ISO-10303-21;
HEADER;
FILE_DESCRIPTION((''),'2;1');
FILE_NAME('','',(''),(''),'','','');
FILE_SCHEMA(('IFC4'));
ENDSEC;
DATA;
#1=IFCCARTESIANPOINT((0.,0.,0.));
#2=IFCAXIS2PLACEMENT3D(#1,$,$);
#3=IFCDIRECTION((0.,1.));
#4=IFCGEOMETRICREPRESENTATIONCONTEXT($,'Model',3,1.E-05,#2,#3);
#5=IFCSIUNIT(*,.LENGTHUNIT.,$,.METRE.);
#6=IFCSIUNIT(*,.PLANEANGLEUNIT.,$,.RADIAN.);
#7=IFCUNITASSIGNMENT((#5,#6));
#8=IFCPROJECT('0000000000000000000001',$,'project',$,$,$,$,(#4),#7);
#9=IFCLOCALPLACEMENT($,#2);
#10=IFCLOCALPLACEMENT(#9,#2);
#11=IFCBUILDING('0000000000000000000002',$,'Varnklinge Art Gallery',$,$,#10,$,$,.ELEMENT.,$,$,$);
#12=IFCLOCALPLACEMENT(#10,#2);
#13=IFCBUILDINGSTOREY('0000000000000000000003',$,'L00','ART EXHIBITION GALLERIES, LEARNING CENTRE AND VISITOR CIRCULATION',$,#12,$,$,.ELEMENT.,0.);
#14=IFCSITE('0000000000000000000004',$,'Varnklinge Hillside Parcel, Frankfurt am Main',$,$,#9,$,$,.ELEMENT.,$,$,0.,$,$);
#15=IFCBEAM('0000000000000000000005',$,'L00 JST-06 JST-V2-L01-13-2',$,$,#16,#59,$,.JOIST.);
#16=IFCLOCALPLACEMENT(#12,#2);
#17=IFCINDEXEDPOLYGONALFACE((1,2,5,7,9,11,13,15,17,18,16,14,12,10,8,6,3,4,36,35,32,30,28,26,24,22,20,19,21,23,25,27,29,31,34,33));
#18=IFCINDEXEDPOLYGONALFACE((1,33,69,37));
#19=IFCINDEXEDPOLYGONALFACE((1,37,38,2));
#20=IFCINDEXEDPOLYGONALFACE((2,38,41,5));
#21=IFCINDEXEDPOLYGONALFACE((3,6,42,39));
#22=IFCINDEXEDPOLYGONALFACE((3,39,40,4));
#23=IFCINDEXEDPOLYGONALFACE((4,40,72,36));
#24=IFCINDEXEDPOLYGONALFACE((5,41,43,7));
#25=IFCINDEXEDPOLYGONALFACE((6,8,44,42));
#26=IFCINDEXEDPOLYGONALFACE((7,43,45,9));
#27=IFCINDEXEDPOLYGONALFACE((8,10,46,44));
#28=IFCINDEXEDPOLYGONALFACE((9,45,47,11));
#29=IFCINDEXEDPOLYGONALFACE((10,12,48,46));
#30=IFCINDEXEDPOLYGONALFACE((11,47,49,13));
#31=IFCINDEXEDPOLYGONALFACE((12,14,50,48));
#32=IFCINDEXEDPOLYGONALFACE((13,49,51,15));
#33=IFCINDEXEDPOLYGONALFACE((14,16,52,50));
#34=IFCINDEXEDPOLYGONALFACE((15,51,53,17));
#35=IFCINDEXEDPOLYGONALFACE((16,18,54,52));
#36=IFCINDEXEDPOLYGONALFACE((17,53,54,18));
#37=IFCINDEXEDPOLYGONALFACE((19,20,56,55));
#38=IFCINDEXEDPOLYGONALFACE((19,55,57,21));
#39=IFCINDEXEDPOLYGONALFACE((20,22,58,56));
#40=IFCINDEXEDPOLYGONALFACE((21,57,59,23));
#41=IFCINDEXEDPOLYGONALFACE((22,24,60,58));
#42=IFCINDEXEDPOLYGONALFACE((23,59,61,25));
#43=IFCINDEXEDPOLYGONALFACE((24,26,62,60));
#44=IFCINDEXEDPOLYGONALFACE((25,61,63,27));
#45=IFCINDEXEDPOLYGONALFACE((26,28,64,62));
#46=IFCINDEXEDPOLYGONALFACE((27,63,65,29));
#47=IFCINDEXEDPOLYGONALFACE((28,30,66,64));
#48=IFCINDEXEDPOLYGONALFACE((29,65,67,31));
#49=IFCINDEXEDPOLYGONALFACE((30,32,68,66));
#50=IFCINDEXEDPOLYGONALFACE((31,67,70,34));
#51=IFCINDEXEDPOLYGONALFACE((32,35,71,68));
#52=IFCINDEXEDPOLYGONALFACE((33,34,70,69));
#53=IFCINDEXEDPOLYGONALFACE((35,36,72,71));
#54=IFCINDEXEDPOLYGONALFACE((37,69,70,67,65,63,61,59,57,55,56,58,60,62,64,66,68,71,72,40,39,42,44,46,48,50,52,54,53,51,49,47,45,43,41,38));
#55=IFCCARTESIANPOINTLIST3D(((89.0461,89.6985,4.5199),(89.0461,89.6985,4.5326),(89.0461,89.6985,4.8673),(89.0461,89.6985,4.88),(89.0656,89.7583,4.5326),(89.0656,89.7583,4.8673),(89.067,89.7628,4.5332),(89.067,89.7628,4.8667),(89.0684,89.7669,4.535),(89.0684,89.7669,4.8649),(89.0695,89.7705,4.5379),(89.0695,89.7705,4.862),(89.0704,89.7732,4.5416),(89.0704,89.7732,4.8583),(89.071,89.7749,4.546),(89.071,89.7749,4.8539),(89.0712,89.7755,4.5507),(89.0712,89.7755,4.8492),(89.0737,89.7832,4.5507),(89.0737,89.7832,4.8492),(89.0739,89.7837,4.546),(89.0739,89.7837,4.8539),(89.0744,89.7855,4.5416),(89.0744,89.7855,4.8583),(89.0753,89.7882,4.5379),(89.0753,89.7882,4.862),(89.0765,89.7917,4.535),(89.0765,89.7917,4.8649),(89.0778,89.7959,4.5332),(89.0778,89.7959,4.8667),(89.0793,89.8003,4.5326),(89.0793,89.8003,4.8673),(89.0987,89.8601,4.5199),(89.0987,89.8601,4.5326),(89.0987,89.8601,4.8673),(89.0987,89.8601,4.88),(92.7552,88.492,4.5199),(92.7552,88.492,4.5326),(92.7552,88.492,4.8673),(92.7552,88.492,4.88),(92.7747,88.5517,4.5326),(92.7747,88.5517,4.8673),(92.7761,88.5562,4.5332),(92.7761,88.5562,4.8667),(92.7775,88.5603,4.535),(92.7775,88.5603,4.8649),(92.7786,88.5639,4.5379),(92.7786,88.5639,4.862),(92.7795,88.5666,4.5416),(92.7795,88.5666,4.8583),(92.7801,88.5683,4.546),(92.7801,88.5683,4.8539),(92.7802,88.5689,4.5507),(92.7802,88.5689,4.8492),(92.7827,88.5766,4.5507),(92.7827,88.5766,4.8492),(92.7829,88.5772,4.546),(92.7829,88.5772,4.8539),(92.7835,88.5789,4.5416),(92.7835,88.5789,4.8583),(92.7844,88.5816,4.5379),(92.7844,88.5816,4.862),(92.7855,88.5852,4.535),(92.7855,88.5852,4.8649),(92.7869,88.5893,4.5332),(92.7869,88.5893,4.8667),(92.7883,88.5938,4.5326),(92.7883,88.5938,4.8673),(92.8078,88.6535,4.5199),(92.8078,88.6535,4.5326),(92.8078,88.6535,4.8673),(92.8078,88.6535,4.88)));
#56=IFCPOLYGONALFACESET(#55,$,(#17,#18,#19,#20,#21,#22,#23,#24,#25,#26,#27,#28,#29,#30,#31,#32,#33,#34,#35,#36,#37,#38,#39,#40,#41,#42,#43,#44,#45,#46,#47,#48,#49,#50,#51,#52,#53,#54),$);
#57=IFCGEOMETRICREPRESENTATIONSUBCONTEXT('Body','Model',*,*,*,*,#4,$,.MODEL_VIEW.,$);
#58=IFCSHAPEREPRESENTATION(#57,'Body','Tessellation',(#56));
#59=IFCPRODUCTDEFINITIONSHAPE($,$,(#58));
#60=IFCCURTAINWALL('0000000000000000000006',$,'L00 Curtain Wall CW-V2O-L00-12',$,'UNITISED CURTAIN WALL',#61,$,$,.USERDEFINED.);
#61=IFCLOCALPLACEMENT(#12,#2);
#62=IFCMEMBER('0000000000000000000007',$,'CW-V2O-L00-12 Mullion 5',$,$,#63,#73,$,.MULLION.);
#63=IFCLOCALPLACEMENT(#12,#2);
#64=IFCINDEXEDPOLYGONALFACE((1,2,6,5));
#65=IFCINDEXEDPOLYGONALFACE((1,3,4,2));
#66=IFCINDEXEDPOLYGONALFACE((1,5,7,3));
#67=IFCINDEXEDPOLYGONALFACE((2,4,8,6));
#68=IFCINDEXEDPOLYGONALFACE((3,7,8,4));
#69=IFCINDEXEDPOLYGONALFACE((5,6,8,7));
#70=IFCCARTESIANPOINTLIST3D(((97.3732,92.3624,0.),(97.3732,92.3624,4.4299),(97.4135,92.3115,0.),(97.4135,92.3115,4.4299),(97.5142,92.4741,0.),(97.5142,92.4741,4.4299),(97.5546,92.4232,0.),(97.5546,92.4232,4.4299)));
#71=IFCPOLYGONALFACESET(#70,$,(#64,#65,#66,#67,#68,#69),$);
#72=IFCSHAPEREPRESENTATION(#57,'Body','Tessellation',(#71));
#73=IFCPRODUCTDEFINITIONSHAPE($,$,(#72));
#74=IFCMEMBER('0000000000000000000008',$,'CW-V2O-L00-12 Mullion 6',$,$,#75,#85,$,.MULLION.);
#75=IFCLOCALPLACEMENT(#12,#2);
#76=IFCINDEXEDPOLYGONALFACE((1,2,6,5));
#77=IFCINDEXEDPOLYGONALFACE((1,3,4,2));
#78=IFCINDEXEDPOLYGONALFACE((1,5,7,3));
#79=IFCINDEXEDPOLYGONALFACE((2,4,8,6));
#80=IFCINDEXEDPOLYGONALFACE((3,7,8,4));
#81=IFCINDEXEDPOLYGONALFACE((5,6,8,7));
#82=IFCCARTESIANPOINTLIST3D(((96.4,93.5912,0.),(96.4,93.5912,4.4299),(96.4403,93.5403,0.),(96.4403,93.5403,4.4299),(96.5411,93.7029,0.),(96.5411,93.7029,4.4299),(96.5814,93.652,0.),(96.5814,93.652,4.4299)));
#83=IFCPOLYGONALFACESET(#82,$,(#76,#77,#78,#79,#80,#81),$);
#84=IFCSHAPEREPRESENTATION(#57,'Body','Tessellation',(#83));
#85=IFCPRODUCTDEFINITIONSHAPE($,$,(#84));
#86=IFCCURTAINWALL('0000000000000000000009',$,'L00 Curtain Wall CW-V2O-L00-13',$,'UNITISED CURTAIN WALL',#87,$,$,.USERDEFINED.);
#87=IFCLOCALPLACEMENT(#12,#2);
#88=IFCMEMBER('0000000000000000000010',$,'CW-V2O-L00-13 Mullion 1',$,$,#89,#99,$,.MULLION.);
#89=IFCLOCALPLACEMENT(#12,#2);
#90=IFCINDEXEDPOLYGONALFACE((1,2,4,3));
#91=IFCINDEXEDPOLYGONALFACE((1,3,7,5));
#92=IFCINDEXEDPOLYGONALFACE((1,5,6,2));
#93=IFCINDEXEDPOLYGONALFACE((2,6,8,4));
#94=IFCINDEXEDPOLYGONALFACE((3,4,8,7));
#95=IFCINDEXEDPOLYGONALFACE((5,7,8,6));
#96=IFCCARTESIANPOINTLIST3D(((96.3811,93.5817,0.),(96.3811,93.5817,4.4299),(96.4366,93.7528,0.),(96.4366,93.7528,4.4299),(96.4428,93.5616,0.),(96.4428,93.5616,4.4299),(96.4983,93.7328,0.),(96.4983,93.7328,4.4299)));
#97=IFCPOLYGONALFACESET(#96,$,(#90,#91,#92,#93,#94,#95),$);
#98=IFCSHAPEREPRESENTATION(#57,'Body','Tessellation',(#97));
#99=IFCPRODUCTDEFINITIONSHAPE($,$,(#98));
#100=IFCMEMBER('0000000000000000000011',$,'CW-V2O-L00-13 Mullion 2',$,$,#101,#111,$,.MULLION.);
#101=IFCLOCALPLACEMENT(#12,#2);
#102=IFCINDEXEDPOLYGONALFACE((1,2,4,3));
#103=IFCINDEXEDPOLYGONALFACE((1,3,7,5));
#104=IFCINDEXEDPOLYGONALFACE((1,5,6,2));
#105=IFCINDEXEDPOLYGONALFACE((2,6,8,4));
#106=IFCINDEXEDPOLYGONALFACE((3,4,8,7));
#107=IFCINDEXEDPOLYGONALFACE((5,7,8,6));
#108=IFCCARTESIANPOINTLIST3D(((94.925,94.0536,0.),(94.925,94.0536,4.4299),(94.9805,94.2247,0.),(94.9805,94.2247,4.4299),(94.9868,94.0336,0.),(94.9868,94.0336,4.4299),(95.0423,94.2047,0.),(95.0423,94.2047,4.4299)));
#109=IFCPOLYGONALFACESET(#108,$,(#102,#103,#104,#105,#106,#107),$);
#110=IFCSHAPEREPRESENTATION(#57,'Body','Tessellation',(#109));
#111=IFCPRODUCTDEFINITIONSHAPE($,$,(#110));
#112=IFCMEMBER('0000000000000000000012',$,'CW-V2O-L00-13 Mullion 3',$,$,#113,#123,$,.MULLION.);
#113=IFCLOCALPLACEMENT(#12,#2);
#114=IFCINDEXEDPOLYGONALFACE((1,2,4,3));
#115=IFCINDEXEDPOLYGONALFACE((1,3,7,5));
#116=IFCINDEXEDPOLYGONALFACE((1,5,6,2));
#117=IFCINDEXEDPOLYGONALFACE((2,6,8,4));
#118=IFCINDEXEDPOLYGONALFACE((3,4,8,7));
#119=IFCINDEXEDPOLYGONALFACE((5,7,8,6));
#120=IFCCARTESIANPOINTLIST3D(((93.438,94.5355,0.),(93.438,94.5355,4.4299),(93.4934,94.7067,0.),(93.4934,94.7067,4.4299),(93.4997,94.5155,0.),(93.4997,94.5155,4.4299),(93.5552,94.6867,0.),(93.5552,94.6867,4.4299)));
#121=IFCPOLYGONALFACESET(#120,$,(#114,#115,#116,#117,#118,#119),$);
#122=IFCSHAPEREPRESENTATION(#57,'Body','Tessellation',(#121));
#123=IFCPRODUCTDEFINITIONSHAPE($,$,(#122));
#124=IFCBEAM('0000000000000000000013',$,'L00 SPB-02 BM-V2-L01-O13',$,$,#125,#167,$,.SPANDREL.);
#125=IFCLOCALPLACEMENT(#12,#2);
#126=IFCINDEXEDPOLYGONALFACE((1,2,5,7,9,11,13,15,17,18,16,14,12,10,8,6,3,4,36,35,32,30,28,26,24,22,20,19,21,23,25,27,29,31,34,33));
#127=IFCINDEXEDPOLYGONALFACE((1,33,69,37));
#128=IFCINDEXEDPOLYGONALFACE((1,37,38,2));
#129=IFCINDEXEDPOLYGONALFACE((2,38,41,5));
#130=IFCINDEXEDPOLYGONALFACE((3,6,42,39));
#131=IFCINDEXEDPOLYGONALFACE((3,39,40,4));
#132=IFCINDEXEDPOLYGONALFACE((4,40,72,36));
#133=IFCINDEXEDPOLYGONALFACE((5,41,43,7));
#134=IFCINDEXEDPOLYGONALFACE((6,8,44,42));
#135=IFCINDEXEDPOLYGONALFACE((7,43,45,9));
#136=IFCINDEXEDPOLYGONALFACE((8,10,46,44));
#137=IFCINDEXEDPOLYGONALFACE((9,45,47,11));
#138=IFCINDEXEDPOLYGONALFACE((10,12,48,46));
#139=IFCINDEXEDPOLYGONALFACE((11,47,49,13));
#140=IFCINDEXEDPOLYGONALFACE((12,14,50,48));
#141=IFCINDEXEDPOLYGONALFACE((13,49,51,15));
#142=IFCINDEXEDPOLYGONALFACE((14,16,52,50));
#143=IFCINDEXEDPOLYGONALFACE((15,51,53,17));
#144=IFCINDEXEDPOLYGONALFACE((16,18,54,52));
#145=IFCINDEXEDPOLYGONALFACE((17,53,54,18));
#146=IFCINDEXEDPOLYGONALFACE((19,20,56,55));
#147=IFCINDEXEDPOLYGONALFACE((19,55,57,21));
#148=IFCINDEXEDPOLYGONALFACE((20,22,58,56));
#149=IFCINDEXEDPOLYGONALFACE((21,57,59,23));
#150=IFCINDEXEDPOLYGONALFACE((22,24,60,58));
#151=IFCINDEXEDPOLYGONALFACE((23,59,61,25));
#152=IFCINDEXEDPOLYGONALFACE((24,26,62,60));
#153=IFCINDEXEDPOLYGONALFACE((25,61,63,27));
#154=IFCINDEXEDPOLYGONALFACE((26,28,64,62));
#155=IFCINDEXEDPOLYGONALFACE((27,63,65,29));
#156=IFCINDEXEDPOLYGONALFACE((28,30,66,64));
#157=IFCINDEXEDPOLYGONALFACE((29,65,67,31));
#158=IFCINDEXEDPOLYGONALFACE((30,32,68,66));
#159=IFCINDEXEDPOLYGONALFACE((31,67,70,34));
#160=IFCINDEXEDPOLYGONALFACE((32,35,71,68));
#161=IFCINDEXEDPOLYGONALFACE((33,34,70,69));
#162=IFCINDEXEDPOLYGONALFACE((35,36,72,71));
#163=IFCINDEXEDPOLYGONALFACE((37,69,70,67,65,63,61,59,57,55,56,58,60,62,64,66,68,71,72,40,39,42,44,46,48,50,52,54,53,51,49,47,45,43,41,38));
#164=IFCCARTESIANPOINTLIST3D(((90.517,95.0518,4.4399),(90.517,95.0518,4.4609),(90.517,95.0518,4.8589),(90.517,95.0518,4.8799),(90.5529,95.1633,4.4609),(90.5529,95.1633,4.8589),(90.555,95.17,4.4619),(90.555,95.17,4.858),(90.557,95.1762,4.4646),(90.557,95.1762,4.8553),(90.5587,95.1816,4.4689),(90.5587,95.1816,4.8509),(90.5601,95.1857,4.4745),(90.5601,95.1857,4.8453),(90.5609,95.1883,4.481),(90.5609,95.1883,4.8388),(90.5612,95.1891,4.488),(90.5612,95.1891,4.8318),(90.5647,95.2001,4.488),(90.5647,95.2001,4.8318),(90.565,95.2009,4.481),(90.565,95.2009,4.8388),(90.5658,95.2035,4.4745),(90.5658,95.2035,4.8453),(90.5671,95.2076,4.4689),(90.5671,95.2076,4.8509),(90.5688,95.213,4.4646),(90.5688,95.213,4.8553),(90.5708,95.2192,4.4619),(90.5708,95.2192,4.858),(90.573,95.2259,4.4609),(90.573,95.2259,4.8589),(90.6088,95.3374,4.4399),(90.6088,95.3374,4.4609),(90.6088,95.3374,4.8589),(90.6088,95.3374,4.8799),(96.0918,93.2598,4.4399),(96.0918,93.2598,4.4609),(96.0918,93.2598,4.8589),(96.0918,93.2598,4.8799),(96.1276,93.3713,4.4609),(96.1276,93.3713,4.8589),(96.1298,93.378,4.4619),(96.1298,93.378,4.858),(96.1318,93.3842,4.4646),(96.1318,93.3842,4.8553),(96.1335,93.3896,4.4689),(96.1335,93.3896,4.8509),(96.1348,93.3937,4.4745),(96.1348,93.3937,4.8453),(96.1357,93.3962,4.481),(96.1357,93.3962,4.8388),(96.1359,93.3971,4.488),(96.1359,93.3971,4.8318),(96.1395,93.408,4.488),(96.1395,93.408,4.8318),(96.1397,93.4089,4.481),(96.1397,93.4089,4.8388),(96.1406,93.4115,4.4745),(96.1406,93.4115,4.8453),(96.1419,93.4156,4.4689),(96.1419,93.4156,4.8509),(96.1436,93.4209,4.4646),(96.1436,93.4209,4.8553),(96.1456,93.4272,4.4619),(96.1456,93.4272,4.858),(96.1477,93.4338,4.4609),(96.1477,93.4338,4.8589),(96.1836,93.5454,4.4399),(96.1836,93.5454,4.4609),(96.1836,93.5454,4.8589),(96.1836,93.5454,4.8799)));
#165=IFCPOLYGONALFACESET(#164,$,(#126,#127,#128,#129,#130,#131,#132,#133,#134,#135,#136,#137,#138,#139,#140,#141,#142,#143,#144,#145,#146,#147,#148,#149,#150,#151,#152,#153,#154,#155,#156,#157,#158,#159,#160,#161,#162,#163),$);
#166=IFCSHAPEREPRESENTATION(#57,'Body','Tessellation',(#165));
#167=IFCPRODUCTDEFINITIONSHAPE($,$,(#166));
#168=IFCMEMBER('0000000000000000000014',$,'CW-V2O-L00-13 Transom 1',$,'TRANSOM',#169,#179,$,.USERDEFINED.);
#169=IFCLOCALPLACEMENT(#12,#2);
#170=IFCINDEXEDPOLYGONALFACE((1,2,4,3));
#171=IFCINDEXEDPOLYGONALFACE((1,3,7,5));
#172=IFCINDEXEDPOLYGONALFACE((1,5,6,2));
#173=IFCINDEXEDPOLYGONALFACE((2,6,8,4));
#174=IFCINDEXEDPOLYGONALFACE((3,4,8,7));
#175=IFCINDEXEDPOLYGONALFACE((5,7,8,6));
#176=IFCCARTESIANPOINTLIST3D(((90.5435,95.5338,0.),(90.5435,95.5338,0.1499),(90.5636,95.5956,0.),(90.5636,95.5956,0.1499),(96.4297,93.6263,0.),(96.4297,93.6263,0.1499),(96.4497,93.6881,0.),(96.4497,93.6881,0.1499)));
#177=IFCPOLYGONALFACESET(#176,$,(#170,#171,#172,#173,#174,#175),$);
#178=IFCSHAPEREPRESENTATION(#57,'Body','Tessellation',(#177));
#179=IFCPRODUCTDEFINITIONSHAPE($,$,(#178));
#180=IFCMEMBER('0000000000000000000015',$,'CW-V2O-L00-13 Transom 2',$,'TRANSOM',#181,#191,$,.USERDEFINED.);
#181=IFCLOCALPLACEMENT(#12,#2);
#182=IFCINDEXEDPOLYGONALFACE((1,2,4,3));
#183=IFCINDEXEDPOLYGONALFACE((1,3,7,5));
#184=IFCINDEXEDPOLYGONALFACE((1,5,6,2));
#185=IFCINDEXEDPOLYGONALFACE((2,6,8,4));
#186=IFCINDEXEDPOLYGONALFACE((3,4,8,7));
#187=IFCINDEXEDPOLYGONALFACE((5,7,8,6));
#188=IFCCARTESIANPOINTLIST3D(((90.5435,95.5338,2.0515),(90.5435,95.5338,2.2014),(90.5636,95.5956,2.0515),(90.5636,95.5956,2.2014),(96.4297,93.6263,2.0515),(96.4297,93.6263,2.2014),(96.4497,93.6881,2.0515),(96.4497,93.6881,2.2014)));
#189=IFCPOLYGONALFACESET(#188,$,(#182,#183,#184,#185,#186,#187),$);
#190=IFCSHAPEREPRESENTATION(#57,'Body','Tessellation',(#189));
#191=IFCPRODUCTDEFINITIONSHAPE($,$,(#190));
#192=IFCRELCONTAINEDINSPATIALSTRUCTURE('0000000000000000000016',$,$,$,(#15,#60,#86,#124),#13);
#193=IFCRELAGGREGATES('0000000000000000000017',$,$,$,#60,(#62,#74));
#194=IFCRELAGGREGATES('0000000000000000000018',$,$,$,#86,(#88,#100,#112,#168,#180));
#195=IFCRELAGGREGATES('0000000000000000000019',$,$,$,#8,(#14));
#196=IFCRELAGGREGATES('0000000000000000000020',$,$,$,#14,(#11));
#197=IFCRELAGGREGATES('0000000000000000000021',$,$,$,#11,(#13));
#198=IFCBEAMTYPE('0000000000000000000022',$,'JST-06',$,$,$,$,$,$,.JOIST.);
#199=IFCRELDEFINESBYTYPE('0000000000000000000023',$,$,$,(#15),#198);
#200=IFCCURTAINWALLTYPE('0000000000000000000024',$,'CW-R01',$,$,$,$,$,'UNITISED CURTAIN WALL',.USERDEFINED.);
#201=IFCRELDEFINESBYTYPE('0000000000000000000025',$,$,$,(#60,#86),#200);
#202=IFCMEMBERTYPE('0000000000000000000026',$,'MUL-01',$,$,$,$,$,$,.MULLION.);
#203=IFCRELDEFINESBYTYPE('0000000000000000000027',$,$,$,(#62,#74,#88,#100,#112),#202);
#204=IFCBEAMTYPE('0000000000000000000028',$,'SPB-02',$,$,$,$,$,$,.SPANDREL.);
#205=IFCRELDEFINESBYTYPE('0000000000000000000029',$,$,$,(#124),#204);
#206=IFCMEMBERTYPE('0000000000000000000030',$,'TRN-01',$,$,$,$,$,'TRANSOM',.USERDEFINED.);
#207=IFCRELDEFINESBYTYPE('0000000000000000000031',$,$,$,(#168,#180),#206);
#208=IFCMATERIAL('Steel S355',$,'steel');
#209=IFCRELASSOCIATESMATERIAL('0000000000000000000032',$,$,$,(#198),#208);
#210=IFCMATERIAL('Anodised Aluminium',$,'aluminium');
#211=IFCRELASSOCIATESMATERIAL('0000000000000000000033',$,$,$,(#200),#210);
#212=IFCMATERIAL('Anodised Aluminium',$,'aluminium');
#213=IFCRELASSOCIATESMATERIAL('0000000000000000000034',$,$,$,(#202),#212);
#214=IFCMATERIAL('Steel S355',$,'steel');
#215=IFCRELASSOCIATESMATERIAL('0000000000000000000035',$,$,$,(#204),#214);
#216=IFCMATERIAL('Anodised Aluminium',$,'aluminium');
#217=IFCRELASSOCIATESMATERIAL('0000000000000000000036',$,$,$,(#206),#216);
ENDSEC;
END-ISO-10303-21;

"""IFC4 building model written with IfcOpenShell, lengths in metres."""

from ifc_helpers import new_model, si_unit, direction, frame, origin, origin_2d, place, context, subcontext, project, spatial, rectangle, i_section, extrude, material, material_profile, profile_set, type_object, element, aggregate, save


model = new_model("IFC4")

# Units and contexts
model_context = context("Model", 3, precision=1e-05, world=origin(), true_north=direction((0.0, 1.0)))
body_context = subcontext(model_context, "Body", "Model", "MODEL_VIEW")
ifc_project = project(units=[si_unit("LENGTHUNIT", "METRE"), si_unit("PLANEANGLEUNIT", "RADIAN")], contexts=[model_context])

# Site, building, storey
site_placement = place(None, origin())
site = spatial("IfcSite", under=ifc_project, at=site_placement, Name="Varnklinge Hillside Parcel, Frankfurt am Main", CompositionType="ELEMENT", RefElevation=0.0)
building_placement = place(site_placement, origin())
building = spatial("IfcBuilding", under=site, at=building_placement, Name="Varnklinge Art Gallery", CompositionType="ELEMENT")
storey_placement = place(building_placement, origin())
storey = spatial("IfcBuildingStorey", under=building, at=storey_placement, Name="L00", Description="ART EXHIBITION GALLERIES, LEARNING CENTRE AND VISITOR CIRCULATION", CompositionType="ELEMENT", Elevation=0.0)

# Beam
ifc_material_1 = material(Name="Steel S355", Category="steel")
ifc_material_profile_1 = material_profile(ifc_material_1, i_section(OverallWidth=0.1699, OverallDepth=0.3601, WebThickness=0.0081, FlangeThickness=0.0127, FilletRadius=0.0181, at=origin_2d()), Name="IPE 360")
ifc_profile_set_1 = profile_set([ifc_material_profile_1], Name="Steel S355")
beam_type_1 = type_object("IfcBeamType", Name="JST-06", PredefinedType="JOIST", material=ifc_profile_set_1)
beam_1_placement = place(storey_placement, frame((92.7815, 88.5728, 4.7), z_axis=(-0.950949, 0.309346, 0.0), x_axis=(-0.309346, -0.950949, 0.0)))
element("IfcBeam", 1, at=beam_1_placement, inside=storey, type_object=beam_type_1, Name="L00 JST-06 JST-V2-L01-13-2", PredefinedType="JOIST", context=body_context, shape_type="SweptSolid", body=[
    extrude(i_section(OverallWidth=0.1699, OverallDepth=0.3601, WebThickness=0.0081, FlangeThickness=0.0127, FilletRadius=0.0181, at=origin_2d()), origin(), (0.0, 0.0, 1.0), 3.9004),
])

# Curtain walls, members
ifc_material_2 = material(Name="Anodised Aluminium", Category="aluminium")
curtain_wall_type = type_object("IfcCurtainWallType", Name="CW-R01", ElementType="UNITISED CURTAIN WALL", PredefinedType="USERDEFINED", material=ifc_material_2)
curtain_wall_1_placement = place(storey_placement, origin())
curtain_wall_1 = element("IfcCurtainWall", 2, at=curtain_wall_1_placement, inside=storey, type_object=curtain_wall_type, Name="L00 Curtain Wall CW-V2O-L00-12", ObjectType="UNITISED CURTAIN WALL", PredefinedType="USERDEFINED")
ifc_material_3 = material(Name="Anodised Aluminium", Category="aluminium")
ifc_material_profile_2 = material_profile(ifc_material_3, rectangle(XDim=0.0649, YDim=0.1799, at=origin_2d()), Name="ALU 65x180")
ifc_profile_set_2 = profile_set([ifc_material_profile_2], Name="Anodised Aluminium")
member_type_1 = type_object("IfcMemberType", Name="MUL-01", PredefinedType="MULLION", material=ifc_profile_set_2)
member_1_placement = place(storey_placement, frame((97.4639, 92.3928, 0.0), z_axis=(0.0, 0.0, 1.0), x_axis=(-0.620737, 0.784019, 0.0)))
member_1 = element("IfcMember", 3, at=member_1_placement, type_object=member_type_1, Name="CW-V2O-L00-12 Mullion 5", PredefinedType="MULLION", context=body_context, shape_type="SweptSolid", body=[
    extrude(rectangle(XDim=0.0649, YDim=0.1799, at=origin_2d()), origin(), (0.0, 0.0, 1.0), 4.4299),
])
member_2_placement = place(storey_placement, frame((96.4907, 93.6216, 0.0), z_axis=(0.0, 0.0, 1.0), x_axis=(-0.620737, 0.784019, 0.0)))
member_2 = element("IfcMember", 4, at=member_2_placement, type_object=member_type_1, Name="CW-V2O-L00-12 Mullion 6", PredefinedType="MULLION", context=body_context, shape_type="SweptSolid", body=[
    extrude(rectangle(XDim=0.0649, YDim=0.1799, at=origin_2d()), origin(), (0.0, 0.0, 1.0), 4.4299),
])
curtain_wall_2_placement = place(storey_placement, origin())
curtain_wall_2 = element("IfcCurtainWall", 5, at=curtain_wall_2_placement, inside=storey, type_object=curtain_wall_type, Name="L00 Curtain Wall CW-V2O-L00-13", ObjectType="UNITISED CURTAIN WALL", PredefinedType="USERDEFINED")
member_3_placement = place(storey_placement, frame((96.4397, 93.6572, 0.0), z_axis=(0.0, 0.0, 1.0), x_axis=(-0.951272, 0.308353, 0.0)))
member_3 = element("IfcMember", 6, at=member_3_placement, type_object=member_type_1, Name="CW-V2O-L00-13 Mullion 1", PredefinedType="MULLION", context=body_context, shape_type="SweptSolid", body=[
    extrude(rectangle(XDim=0.0649, YDim=0.1799, at=origin_2d()), origin(), (0.0, 0.0, 1.0), 4.4299),
])
member_4_placement = place(storey_placement, frame((94.9836, 94.1292, 0.0), z_axis=(0.0, 0.0, 1.0), x_axis=(-0.951272, 0.308353, 0.0)))
member_4 = element("IfcMember", 7, at=member_4_placement, type_object=member_type_1, Name="CW-V2O-L00-13 Mullion 2", PredefinedType="MULLION", context=body_context, shape_type="SweptSolid", body=[
    extrude(rectangle(XDim=0.0649, YDim=0.1799, at=origin_2d()), origin(), (0.0, 0.0, 1.0), 4.4299),
])
member_5_placement = place(storey_placement, frame((93.4966, 94.6111, 0.0), z_axis=(0.0, 0.0, 1.0), x_axis=(-0.951272, 0.308353, 0.0)))
member_5 = element("IfcMember", 8, at=member_5_placement, type_object=member_type_1, Name="CW-V2O-L00-13 Mullion 3", PredefinedType="MULLION", context=body_context, shape_type="SweptSolid", body=[
    extrude(rectangle(XDim=0.0649, YDim=0.1799, at=origin_2d()), origin(), (0.0, 0.0, 1.0), 4.4299),
])

# Beam
ifc_material_4 = material(Name="Steel S355", Category="steel")
ifc_material_profile_3 = material_profile(ifc_material_4, i_section(OverallWidth=0.3, OverallDepth=0.4399, WebThickness=0.0115, FlangeThickness=0.021, FilletRadius=0.0271, at=origin_2d()), Name="HEA 450")
ifc_profile_set_3 = profile_set([ifc_material_profile_3], Name="Steel S355")
beam_type_2 = type_object("IfcBeamType", Name="SPB-02", PredefinedType="SPANDREL", material=ifc_profile_set_3)
beam_2_placement = place(storey_placement, frame((96.1377, 93.4026, 4.6599), z_axis=(-0.952022, 0.306028, 0.0), x_axis=(-0.306028, -0.952022, 0.0)))
element("IfcBeam", 9, at=beam_2_placement, inside=storey, type_object=beam_type_2, Name="L00 SPB-02 BM-V2-L01-O13", PredefinedType="SPANDREL", context=body_context, shape_type="SweptSolid", body=[
    extrude(i_section(OverallWidth=0.3, OverallDepth=0.4399, WebThickness=0.0115, FlangeThickness=0.021, FilletRadius=0.0271, at=origin_2d()), origin(), (0.0, 0.0, 1.0), 5.8557),
])

# Members
ifc_material_5 = material(Name="Anodised Aluminium", Category="aluminium")
ifc_material_profile_4 = material_profile(ifc_material_5, rectangle(XDim=0.0649, YDim=0.1499, at=origin_2d()), Name="ALU 65x150")
ifc_profile_set_4 = profile_set([ifc_material_profile_4], Name="Anodised Aluminium")
member_type_2 = type_object("IfcMemberType", Name="TRN-01", ElementType="TRANSOM", PredefinedType="USERDEFINED", material=ifc_profile_set_4)
member_6_placement = place(storey_placement, frame((96.4397, 93.6572, 0.075), z_axis=(-0.951298, 0.308274, 0.0), x_axis=(-0.308274, -0.951298, 0.0)))
member_6 = element("IfcMember", 10, at=member_6_placement, type_object=member_type_2, Name="CW-V2O-L00-13 Transom 1", ObjectType="TRANSOM", PredefinedType="USERDEFINED", context=body_context, shape_type="SweptSolid", body=[
    extrude(rectangle(XDim=0.0649, YDim=0.1499, at=origin_2d()), origin(), (0.0, 0.0, 1.0), 6.1875),
])
member_7_placement = place(storey_placement, frame((96.4397, 93.6572, 2.1265), z_axis=(-0.951298, 0.308274, 0.0), x_axis=(-0.308274, -0.951298, 0.0)))
member_7 = element("IfcMember", 11, at=member_7_placement, type_object=member_type_2, Name="CW-V2O-L00-13 Transom 2", ObjectType="TRANSOM", PredefinedType="USERDEFINED", context=body_context, shape_type="SweptSolid", body=[
    extrude(rectangle(XDim=0.0649, YDim=0.1499, at=origin_2d()), origin(), (0.0, 0.0, 1.0), 6.1875),
])

aggregate(curtain_wall_1, [member_1, member_2])
aggregate(curtain_wall_2, [member_3, member_4, member_5, member_6, member_7])

save(model, "model.ifc")
